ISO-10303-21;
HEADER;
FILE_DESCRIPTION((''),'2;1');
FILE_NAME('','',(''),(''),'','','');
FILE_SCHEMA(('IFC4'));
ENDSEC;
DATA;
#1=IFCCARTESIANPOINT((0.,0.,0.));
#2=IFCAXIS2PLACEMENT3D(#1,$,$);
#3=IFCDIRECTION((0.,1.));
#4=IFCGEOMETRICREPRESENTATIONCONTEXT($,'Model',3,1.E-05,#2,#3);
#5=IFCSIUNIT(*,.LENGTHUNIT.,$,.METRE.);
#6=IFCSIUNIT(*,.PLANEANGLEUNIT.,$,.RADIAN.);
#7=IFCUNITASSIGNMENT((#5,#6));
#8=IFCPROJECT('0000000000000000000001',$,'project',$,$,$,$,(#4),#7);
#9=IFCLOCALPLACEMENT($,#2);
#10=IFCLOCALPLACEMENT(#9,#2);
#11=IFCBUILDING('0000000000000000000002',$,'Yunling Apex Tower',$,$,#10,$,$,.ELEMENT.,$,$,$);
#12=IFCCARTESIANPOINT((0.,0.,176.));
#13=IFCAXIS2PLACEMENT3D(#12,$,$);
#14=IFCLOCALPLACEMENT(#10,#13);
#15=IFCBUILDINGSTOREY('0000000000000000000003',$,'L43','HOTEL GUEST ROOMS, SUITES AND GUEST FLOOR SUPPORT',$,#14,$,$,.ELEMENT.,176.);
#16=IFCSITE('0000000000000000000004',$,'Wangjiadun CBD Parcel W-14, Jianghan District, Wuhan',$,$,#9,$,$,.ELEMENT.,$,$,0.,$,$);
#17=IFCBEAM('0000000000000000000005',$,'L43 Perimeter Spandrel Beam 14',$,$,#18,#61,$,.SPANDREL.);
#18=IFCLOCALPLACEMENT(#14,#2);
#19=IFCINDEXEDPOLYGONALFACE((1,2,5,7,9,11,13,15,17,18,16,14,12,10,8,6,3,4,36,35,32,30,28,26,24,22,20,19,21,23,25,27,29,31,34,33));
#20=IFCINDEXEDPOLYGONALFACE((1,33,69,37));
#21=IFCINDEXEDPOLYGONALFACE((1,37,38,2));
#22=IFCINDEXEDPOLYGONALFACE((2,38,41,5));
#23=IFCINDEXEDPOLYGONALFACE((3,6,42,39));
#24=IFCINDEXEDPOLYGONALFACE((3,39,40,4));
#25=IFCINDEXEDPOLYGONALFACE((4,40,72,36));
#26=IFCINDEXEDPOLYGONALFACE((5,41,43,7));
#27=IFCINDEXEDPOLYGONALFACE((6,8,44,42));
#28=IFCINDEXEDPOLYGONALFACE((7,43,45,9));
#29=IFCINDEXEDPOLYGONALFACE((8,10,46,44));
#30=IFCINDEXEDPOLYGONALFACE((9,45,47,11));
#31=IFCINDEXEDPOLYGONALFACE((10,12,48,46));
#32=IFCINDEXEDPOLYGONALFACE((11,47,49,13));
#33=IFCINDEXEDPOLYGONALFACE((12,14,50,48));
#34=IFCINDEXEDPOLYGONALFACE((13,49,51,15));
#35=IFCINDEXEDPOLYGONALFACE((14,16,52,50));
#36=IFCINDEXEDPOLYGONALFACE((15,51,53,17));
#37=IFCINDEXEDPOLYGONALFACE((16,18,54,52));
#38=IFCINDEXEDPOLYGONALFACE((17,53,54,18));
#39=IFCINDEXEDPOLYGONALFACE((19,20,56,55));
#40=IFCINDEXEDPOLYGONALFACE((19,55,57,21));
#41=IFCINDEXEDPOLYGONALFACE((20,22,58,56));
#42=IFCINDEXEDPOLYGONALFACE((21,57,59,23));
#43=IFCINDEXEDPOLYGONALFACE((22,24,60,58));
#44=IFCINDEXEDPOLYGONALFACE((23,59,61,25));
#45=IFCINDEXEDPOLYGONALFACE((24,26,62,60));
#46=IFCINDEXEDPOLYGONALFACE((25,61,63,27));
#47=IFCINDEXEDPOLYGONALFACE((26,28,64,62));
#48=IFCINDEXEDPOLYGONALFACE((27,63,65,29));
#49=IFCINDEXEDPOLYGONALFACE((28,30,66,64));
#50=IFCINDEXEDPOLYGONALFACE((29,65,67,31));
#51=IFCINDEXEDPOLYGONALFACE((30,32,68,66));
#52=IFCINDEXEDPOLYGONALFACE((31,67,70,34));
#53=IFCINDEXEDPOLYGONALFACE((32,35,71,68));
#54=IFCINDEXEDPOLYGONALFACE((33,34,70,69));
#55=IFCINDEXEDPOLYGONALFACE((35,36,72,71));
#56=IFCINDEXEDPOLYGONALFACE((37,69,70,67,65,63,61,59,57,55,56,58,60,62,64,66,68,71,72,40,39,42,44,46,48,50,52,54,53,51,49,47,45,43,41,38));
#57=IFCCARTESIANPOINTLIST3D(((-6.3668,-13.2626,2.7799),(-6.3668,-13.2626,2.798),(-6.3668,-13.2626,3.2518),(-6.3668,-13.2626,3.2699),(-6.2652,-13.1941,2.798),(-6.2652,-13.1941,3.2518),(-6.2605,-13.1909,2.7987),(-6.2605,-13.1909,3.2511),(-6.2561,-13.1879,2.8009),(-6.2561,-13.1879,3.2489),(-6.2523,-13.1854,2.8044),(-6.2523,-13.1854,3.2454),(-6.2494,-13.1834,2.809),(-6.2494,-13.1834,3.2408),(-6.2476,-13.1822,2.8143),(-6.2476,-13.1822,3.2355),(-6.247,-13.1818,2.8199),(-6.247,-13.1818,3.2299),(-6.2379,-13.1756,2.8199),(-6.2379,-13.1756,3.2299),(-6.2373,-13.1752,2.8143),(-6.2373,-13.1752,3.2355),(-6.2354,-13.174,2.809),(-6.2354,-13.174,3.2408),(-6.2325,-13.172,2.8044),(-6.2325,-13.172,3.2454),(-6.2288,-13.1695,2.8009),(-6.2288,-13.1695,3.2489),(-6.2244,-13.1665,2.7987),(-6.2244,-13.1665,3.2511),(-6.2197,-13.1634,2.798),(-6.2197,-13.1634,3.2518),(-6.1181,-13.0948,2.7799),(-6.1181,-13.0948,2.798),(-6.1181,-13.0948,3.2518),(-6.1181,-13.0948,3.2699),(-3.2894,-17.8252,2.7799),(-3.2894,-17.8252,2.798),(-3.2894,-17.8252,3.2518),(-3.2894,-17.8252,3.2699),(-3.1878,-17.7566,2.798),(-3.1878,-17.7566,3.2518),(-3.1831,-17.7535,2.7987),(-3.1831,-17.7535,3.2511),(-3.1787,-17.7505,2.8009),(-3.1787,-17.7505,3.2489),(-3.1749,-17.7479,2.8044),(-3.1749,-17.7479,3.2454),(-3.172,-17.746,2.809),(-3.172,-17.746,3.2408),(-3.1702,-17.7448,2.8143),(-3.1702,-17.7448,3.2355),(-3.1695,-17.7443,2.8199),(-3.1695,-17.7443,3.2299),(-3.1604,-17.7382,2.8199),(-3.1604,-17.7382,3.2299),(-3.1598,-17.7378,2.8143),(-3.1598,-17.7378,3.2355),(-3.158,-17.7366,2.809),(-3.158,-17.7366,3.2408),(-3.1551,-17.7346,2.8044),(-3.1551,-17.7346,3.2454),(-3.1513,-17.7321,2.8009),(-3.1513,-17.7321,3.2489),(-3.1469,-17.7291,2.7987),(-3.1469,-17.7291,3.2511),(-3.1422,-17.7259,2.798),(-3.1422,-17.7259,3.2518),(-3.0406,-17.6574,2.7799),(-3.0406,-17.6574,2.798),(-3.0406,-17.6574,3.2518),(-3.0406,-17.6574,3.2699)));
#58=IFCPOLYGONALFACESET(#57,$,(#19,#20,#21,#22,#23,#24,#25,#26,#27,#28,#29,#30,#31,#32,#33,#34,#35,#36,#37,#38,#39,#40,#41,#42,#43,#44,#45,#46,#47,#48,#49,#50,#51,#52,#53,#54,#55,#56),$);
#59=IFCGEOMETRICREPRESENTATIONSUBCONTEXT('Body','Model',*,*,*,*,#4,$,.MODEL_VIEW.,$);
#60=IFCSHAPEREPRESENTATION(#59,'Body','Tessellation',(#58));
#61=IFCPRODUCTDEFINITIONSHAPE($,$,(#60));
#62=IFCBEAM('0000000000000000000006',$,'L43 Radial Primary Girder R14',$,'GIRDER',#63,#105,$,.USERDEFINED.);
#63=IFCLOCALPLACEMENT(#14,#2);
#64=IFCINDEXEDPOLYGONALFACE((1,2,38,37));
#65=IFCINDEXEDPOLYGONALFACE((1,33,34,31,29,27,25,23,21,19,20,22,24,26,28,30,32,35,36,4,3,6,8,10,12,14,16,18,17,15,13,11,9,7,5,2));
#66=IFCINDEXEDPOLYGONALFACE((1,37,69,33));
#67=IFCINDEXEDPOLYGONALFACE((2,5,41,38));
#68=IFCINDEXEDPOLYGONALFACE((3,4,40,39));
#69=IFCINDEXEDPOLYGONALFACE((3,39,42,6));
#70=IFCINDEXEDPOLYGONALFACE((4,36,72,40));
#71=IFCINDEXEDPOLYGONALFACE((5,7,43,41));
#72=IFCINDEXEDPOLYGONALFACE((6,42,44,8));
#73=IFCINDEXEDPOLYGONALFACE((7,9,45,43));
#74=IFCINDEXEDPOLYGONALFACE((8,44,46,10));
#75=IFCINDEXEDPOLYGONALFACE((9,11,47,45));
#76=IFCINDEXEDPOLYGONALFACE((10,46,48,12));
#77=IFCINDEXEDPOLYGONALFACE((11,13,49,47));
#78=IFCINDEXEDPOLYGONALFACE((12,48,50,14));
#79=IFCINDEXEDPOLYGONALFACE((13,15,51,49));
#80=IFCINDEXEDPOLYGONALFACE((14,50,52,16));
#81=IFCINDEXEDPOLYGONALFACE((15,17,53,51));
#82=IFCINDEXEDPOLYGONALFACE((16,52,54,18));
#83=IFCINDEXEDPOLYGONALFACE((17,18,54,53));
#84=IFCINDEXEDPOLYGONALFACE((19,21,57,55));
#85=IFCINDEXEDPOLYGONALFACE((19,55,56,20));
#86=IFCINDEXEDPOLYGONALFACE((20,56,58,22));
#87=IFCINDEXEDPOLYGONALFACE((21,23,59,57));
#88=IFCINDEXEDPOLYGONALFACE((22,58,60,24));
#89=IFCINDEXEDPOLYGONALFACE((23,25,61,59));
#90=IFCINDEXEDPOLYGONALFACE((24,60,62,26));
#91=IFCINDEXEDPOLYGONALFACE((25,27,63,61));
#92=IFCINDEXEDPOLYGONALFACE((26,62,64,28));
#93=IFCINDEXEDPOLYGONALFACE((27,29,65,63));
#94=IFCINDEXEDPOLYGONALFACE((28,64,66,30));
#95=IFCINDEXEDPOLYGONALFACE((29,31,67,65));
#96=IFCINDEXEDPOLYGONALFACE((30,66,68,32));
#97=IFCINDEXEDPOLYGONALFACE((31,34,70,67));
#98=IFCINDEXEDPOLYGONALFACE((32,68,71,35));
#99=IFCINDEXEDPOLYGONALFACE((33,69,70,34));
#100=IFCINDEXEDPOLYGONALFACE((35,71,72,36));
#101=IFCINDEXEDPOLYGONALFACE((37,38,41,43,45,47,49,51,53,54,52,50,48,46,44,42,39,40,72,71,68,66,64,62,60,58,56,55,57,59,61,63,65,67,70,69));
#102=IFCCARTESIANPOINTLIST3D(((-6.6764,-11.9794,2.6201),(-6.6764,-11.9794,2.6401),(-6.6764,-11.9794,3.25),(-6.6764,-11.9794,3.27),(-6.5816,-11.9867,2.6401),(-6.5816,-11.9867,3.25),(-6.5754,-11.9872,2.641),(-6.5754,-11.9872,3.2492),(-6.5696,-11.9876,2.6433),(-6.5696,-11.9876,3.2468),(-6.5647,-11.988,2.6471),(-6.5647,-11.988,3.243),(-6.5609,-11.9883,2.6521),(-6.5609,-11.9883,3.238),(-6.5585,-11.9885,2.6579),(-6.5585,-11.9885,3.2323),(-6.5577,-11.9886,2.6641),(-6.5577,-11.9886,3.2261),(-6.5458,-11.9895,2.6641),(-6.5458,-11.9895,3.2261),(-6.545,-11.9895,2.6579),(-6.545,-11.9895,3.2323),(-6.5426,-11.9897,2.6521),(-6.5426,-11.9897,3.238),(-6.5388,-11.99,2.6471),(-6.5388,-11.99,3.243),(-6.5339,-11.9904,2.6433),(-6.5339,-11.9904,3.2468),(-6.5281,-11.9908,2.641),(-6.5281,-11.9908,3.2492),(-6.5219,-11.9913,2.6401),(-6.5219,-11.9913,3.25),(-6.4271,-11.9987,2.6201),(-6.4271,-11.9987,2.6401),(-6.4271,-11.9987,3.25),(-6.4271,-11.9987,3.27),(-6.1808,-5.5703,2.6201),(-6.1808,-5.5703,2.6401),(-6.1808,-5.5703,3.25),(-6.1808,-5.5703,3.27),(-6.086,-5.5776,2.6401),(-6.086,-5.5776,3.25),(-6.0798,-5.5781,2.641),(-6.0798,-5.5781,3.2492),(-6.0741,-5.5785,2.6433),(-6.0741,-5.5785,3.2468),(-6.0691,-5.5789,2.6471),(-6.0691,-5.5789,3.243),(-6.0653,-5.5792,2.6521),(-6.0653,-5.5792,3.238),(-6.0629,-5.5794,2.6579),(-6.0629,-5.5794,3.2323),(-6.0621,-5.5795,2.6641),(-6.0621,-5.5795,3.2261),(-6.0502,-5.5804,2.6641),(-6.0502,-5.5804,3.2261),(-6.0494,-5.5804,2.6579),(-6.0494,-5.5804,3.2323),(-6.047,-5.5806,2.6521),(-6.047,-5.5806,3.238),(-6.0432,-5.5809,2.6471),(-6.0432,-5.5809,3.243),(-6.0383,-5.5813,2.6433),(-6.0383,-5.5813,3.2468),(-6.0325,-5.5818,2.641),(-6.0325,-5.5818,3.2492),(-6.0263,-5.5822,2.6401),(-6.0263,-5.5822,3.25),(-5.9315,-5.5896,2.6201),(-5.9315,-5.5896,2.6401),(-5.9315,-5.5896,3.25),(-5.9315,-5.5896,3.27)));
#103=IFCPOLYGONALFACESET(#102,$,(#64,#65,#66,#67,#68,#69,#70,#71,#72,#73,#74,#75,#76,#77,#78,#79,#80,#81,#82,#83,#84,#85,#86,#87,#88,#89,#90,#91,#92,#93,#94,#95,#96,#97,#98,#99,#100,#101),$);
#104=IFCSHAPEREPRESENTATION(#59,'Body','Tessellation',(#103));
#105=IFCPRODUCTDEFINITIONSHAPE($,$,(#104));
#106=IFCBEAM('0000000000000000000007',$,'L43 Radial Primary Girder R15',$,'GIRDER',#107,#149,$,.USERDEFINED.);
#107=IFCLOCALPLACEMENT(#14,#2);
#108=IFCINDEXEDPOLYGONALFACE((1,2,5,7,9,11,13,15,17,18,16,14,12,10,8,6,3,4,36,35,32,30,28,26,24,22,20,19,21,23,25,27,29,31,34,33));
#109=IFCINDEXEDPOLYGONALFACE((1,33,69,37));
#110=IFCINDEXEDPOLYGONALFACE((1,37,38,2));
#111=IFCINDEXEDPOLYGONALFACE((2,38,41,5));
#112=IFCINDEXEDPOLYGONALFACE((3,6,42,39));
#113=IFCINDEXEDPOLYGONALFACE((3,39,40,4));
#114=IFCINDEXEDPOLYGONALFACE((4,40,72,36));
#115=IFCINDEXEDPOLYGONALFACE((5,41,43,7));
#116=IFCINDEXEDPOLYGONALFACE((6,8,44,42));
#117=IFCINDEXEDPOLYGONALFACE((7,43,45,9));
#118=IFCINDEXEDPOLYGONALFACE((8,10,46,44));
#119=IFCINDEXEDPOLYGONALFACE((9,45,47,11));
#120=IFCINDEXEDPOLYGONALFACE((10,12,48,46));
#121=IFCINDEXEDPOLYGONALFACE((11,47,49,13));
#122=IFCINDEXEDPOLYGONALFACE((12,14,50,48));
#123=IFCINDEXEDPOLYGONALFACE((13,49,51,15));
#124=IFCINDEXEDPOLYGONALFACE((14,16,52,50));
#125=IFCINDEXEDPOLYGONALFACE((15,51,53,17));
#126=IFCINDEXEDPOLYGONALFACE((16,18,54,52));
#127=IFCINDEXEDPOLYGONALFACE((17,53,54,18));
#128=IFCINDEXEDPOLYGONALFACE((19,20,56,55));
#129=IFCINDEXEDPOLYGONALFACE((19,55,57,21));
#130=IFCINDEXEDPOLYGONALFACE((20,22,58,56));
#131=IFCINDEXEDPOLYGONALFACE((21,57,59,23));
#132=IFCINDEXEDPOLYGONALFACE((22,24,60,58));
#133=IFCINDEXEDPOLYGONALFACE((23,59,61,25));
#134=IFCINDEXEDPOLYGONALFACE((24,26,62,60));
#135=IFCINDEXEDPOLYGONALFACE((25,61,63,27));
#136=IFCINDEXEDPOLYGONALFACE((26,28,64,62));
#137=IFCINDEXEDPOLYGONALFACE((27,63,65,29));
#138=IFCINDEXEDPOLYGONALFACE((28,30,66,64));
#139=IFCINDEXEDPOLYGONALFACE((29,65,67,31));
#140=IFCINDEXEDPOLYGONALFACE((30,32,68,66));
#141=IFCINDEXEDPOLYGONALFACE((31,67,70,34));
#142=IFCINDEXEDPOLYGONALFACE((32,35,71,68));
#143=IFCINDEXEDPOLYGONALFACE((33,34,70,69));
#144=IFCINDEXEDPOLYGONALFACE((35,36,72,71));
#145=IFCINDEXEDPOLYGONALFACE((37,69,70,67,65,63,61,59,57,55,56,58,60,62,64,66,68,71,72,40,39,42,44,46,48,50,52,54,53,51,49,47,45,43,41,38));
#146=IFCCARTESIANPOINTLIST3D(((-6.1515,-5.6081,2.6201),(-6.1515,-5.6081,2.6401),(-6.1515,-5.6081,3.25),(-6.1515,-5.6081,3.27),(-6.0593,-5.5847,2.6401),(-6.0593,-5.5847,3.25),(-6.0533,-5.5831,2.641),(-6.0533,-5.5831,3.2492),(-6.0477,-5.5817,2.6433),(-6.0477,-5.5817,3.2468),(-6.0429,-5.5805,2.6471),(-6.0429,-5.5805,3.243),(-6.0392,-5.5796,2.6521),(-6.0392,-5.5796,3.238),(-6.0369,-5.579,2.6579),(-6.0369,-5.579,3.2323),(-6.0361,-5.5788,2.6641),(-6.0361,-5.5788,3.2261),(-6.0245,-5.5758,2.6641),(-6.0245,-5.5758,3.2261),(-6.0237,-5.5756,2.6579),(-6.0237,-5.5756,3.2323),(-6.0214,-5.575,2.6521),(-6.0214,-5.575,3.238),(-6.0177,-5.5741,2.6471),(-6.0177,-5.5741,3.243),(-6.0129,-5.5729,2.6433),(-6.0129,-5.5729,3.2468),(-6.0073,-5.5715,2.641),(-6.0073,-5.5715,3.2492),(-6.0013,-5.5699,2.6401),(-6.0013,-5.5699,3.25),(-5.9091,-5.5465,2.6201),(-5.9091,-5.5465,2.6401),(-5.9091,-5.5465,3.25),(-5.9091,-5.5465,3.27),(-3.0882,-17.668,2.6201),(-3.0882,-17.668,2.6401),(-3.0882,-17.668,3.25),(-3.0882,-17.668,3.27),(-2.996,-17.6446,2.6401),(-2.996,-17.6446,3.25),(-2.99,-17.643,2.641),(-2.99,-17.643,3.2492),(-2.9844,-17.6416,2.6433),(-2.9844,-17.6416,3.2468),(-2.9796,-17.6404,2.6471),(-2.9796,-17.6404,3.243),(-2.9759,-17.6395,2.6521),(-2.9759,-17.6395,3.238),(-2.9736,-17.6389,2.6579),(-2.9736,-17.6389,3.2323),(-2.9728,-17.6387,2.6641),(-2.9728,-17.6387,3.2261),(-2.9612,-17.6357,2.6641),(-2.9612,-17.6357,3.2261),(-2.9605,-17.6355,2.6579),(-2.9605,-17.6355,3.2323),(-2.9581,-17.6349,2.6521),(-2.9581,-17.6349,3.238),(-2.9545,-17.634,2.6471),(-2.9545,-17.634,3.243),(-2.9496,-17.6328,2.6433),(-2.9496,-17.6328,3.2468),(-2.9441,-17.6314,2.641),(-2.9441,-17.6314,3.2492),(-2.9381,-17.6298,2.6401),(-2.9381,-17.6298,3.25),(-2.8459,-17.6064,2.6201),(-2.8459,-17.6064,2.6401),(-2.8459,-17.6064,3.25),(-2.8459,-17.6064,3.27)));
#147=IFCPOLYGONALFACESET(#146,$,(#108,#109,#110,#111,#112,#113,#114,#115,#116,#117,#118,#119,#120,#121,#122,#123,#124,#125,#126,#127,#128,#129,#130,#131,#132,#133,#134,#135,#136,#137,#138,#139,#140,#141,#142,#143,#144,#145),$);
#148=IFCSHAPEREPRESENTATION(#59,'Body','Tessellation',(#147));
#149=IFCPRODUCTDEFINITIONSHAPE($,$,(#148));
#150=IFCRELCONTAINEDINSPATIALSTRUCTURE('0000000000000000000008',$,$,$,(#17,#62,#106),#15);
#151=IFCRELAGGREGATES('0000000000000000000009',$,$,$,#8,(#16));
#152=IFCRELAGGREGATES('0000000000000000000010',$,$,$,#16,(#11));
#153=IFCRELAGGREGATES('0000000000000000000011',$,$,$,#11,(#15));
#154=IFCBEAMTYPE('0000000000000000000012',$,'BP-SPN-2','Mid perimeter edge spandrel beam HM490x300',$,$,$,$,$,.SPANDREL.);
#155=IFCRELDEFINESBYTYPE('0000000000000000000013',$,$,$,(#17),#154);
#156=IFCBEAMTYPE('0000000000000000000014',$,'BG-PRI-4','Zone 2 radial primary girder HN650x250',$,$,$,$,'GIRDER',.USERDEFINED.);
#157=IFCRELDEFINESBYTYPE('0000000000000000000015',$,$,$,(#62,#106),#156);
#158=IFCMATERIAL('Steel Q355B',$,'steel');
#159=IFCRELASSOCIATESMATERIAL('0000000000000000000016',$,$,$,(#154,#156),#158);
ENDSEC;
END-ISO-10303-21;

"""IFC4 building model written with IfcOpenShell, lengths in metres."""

from ifc_helpers import new_model, si_unit, direction, frame, origin, origin_2d, place, context, subcontext, project, spatial, i_section, extrude, source, transform, mapped, material, material_profile, profile_set, type_object, element, save


model = new_model("IFC4")

# Units and contexts
model_context = context("Model", 3, precision=1e-05, world=origin(), true_north=direction((0.0, 1.0)))
body_context = subcontext(model_context, "Body", "Model", "MODEL_VIEW")
ifc_project = project(units=[si_unit("LENGTHUNIT", "METRE"), si_unit("PLANEANGLEUNIT", "RADIAN")], contexts=[model_context])

# Site, building, storey
site_placement = place(None, origin())
site = spatial("IfcSite", under=ifc_project, at=site_placement, Name="Wangjiadun CBD Parcel W-14, Jianghan District, Wuhan", CompositionType="ELEMENT", RefElevation=0.0)
building_placement = place(site_placement, origin())
building = spatial("IfcBuilding", under=site, at=building_placement, Name="Yunling Apex Tower", CompositionType="ELEMENT")
storey_placement = place(building_placement, frame((0.0, 0.0, 176.0)))
storey = spatial("IfcBuildingStorey", under=building, at=storey_placement, Name="L43", Description="HOTEL GUEST ROOMS, SUITES AND GUEST FLOOR SUPPORT", CompositionType="ELEMENT", Elevation=176.0)

# Beams
ifc_material_1 = material(Name="Steel Q355B", Category="steel")
ifc_material_profile_1 = material_profile(ifc_material_1, i_section(OverallWidth=0.3, OverallDepth=0.49, WebThickness=0.011, FlangeThickness=0.0181, FilletRadius=0.022, at=origin_2d()))
ifc_profile_set_1 = profile_set([ifc_material_profile_1], Name="Steel Q355B")
beam_type_1 = type_object("IfcBeamType", Name="BP-SPN-2", Description="Mid perimeter edge spandrel beam HM490x300", PredefinedType="SPANDREL", material=ifc_profile_set_1)
shared_shape_1 = source(origin(), body_context, "Body", "SweptSolid", [
    extrude(i_section(OverallWidth=0.3, OverallDepth=0.49, WebThickness=0.011, FlangeThickness=0.0181, FilletRadius=0.022, at=origin_2d()), origin(), (0.0, 0.0, 1.0), 5.5034),
])
beam_1_placement = place(storey_placement, frame((-6.2424, -13.1787, 3.0249), z_axis=(0.559186, -0.829042, 0.0), x_axis=(0.829042, 0.559186, 0.0)))
element("IfcBeam", 1, at=beam_1_placement, inside=storey, type_object=beam_type_1, Name="L43 Perimeter Spandrel Beam 14", PredefinedType="SPANDREL", context=body_context, shape_type="MappedRepresentation", body=[
    mapped(shared_shape_1, transform((0.0, 0.0, 0.0), scale=1.0)),
])
ifc_material_profile_2 = material_profile(ifc_material_1, i_section(OverallWidth=0.25, OverallDepth=0.6499, WebThickness=0.012, FlangeThickness=0.02, FilletRadius=0.0239, at=origin_2d()))
ifc_profile_set_2 = profile_set([ifc_material_profile_2], Name="Steel Q355B")
beam_type_2 = type_object("IfcBeamType", Name="BG-PRI-4", Description="Zone 2 radial primary girder HN650x250", ElementType="GIRDER", PredefinedType="USERDEFINED", material=ifc_profile_set_2)
shared_shape_2 = source(origin(), body_context, "Body", "SweptSolid", [
    extrude(i_section(OverallWidth=0.25, OverallDepth=0.6499, WebThickness=0.012, FlangeThickness=0.02, FilletRadius=0.0239, at=origin_2d()), origin(), (0.0, 0.0, 1.0), 6.4282),
])
beam_2_placement = place(storey_placement, frame((-6.5518, -11.989, 2.9451), z_axis=(0.077097, 0.997024, 0.0), x_axis=(-0.997024, 0.077097, 0.0)))
element("IfcBeam", 2, at=beam_2_placement, inside=storey, type_object=beam_type_2, Name="L43 Radial Primary Girder R14", ObjectType="GIRDER", PredefinedType="USERDEFINED", context=body_context, shape_type="MappedRepresentation", body=[
    mapped(shared_shape_2, transform((0.0, 0.0, 0.0), scale=1.0)),
])
shared_shape_3 = source(origin(), body_context, "Body", "SweptSolid", [
    extrude(i_section(OverallWidth=0.25, OverallDepth=0.6499, WebThickness=0.012, FlangeThickness=0.02, FilletRadius=0.0239, at=origin_2d()), origin(), (0.0, 0.0, 1.0), 12.4429),
])
beam_3_placement = place(storey_placement, frame((-2.967, -17.6372, 2.9451), z_axis=(-0.246186, 0.969223, 0.0), x_axis=(-0.969223, -0.246186, 0.0)))
element("IfcBeam", 3, at=beam_3_placement, inside=storey, type_object=beam_type_2, Name="L43 Radial Primary Girder R15", ObjectType="GIRDER", PredefinedType="USERDEFINED", context=body_context, shape_type="MappedRepresentation", body=[
    mapped(shared_shape_3, transform((0.0, 0.0, 0.0), scale=1.0)),
])

save(model, "model.ifc")
